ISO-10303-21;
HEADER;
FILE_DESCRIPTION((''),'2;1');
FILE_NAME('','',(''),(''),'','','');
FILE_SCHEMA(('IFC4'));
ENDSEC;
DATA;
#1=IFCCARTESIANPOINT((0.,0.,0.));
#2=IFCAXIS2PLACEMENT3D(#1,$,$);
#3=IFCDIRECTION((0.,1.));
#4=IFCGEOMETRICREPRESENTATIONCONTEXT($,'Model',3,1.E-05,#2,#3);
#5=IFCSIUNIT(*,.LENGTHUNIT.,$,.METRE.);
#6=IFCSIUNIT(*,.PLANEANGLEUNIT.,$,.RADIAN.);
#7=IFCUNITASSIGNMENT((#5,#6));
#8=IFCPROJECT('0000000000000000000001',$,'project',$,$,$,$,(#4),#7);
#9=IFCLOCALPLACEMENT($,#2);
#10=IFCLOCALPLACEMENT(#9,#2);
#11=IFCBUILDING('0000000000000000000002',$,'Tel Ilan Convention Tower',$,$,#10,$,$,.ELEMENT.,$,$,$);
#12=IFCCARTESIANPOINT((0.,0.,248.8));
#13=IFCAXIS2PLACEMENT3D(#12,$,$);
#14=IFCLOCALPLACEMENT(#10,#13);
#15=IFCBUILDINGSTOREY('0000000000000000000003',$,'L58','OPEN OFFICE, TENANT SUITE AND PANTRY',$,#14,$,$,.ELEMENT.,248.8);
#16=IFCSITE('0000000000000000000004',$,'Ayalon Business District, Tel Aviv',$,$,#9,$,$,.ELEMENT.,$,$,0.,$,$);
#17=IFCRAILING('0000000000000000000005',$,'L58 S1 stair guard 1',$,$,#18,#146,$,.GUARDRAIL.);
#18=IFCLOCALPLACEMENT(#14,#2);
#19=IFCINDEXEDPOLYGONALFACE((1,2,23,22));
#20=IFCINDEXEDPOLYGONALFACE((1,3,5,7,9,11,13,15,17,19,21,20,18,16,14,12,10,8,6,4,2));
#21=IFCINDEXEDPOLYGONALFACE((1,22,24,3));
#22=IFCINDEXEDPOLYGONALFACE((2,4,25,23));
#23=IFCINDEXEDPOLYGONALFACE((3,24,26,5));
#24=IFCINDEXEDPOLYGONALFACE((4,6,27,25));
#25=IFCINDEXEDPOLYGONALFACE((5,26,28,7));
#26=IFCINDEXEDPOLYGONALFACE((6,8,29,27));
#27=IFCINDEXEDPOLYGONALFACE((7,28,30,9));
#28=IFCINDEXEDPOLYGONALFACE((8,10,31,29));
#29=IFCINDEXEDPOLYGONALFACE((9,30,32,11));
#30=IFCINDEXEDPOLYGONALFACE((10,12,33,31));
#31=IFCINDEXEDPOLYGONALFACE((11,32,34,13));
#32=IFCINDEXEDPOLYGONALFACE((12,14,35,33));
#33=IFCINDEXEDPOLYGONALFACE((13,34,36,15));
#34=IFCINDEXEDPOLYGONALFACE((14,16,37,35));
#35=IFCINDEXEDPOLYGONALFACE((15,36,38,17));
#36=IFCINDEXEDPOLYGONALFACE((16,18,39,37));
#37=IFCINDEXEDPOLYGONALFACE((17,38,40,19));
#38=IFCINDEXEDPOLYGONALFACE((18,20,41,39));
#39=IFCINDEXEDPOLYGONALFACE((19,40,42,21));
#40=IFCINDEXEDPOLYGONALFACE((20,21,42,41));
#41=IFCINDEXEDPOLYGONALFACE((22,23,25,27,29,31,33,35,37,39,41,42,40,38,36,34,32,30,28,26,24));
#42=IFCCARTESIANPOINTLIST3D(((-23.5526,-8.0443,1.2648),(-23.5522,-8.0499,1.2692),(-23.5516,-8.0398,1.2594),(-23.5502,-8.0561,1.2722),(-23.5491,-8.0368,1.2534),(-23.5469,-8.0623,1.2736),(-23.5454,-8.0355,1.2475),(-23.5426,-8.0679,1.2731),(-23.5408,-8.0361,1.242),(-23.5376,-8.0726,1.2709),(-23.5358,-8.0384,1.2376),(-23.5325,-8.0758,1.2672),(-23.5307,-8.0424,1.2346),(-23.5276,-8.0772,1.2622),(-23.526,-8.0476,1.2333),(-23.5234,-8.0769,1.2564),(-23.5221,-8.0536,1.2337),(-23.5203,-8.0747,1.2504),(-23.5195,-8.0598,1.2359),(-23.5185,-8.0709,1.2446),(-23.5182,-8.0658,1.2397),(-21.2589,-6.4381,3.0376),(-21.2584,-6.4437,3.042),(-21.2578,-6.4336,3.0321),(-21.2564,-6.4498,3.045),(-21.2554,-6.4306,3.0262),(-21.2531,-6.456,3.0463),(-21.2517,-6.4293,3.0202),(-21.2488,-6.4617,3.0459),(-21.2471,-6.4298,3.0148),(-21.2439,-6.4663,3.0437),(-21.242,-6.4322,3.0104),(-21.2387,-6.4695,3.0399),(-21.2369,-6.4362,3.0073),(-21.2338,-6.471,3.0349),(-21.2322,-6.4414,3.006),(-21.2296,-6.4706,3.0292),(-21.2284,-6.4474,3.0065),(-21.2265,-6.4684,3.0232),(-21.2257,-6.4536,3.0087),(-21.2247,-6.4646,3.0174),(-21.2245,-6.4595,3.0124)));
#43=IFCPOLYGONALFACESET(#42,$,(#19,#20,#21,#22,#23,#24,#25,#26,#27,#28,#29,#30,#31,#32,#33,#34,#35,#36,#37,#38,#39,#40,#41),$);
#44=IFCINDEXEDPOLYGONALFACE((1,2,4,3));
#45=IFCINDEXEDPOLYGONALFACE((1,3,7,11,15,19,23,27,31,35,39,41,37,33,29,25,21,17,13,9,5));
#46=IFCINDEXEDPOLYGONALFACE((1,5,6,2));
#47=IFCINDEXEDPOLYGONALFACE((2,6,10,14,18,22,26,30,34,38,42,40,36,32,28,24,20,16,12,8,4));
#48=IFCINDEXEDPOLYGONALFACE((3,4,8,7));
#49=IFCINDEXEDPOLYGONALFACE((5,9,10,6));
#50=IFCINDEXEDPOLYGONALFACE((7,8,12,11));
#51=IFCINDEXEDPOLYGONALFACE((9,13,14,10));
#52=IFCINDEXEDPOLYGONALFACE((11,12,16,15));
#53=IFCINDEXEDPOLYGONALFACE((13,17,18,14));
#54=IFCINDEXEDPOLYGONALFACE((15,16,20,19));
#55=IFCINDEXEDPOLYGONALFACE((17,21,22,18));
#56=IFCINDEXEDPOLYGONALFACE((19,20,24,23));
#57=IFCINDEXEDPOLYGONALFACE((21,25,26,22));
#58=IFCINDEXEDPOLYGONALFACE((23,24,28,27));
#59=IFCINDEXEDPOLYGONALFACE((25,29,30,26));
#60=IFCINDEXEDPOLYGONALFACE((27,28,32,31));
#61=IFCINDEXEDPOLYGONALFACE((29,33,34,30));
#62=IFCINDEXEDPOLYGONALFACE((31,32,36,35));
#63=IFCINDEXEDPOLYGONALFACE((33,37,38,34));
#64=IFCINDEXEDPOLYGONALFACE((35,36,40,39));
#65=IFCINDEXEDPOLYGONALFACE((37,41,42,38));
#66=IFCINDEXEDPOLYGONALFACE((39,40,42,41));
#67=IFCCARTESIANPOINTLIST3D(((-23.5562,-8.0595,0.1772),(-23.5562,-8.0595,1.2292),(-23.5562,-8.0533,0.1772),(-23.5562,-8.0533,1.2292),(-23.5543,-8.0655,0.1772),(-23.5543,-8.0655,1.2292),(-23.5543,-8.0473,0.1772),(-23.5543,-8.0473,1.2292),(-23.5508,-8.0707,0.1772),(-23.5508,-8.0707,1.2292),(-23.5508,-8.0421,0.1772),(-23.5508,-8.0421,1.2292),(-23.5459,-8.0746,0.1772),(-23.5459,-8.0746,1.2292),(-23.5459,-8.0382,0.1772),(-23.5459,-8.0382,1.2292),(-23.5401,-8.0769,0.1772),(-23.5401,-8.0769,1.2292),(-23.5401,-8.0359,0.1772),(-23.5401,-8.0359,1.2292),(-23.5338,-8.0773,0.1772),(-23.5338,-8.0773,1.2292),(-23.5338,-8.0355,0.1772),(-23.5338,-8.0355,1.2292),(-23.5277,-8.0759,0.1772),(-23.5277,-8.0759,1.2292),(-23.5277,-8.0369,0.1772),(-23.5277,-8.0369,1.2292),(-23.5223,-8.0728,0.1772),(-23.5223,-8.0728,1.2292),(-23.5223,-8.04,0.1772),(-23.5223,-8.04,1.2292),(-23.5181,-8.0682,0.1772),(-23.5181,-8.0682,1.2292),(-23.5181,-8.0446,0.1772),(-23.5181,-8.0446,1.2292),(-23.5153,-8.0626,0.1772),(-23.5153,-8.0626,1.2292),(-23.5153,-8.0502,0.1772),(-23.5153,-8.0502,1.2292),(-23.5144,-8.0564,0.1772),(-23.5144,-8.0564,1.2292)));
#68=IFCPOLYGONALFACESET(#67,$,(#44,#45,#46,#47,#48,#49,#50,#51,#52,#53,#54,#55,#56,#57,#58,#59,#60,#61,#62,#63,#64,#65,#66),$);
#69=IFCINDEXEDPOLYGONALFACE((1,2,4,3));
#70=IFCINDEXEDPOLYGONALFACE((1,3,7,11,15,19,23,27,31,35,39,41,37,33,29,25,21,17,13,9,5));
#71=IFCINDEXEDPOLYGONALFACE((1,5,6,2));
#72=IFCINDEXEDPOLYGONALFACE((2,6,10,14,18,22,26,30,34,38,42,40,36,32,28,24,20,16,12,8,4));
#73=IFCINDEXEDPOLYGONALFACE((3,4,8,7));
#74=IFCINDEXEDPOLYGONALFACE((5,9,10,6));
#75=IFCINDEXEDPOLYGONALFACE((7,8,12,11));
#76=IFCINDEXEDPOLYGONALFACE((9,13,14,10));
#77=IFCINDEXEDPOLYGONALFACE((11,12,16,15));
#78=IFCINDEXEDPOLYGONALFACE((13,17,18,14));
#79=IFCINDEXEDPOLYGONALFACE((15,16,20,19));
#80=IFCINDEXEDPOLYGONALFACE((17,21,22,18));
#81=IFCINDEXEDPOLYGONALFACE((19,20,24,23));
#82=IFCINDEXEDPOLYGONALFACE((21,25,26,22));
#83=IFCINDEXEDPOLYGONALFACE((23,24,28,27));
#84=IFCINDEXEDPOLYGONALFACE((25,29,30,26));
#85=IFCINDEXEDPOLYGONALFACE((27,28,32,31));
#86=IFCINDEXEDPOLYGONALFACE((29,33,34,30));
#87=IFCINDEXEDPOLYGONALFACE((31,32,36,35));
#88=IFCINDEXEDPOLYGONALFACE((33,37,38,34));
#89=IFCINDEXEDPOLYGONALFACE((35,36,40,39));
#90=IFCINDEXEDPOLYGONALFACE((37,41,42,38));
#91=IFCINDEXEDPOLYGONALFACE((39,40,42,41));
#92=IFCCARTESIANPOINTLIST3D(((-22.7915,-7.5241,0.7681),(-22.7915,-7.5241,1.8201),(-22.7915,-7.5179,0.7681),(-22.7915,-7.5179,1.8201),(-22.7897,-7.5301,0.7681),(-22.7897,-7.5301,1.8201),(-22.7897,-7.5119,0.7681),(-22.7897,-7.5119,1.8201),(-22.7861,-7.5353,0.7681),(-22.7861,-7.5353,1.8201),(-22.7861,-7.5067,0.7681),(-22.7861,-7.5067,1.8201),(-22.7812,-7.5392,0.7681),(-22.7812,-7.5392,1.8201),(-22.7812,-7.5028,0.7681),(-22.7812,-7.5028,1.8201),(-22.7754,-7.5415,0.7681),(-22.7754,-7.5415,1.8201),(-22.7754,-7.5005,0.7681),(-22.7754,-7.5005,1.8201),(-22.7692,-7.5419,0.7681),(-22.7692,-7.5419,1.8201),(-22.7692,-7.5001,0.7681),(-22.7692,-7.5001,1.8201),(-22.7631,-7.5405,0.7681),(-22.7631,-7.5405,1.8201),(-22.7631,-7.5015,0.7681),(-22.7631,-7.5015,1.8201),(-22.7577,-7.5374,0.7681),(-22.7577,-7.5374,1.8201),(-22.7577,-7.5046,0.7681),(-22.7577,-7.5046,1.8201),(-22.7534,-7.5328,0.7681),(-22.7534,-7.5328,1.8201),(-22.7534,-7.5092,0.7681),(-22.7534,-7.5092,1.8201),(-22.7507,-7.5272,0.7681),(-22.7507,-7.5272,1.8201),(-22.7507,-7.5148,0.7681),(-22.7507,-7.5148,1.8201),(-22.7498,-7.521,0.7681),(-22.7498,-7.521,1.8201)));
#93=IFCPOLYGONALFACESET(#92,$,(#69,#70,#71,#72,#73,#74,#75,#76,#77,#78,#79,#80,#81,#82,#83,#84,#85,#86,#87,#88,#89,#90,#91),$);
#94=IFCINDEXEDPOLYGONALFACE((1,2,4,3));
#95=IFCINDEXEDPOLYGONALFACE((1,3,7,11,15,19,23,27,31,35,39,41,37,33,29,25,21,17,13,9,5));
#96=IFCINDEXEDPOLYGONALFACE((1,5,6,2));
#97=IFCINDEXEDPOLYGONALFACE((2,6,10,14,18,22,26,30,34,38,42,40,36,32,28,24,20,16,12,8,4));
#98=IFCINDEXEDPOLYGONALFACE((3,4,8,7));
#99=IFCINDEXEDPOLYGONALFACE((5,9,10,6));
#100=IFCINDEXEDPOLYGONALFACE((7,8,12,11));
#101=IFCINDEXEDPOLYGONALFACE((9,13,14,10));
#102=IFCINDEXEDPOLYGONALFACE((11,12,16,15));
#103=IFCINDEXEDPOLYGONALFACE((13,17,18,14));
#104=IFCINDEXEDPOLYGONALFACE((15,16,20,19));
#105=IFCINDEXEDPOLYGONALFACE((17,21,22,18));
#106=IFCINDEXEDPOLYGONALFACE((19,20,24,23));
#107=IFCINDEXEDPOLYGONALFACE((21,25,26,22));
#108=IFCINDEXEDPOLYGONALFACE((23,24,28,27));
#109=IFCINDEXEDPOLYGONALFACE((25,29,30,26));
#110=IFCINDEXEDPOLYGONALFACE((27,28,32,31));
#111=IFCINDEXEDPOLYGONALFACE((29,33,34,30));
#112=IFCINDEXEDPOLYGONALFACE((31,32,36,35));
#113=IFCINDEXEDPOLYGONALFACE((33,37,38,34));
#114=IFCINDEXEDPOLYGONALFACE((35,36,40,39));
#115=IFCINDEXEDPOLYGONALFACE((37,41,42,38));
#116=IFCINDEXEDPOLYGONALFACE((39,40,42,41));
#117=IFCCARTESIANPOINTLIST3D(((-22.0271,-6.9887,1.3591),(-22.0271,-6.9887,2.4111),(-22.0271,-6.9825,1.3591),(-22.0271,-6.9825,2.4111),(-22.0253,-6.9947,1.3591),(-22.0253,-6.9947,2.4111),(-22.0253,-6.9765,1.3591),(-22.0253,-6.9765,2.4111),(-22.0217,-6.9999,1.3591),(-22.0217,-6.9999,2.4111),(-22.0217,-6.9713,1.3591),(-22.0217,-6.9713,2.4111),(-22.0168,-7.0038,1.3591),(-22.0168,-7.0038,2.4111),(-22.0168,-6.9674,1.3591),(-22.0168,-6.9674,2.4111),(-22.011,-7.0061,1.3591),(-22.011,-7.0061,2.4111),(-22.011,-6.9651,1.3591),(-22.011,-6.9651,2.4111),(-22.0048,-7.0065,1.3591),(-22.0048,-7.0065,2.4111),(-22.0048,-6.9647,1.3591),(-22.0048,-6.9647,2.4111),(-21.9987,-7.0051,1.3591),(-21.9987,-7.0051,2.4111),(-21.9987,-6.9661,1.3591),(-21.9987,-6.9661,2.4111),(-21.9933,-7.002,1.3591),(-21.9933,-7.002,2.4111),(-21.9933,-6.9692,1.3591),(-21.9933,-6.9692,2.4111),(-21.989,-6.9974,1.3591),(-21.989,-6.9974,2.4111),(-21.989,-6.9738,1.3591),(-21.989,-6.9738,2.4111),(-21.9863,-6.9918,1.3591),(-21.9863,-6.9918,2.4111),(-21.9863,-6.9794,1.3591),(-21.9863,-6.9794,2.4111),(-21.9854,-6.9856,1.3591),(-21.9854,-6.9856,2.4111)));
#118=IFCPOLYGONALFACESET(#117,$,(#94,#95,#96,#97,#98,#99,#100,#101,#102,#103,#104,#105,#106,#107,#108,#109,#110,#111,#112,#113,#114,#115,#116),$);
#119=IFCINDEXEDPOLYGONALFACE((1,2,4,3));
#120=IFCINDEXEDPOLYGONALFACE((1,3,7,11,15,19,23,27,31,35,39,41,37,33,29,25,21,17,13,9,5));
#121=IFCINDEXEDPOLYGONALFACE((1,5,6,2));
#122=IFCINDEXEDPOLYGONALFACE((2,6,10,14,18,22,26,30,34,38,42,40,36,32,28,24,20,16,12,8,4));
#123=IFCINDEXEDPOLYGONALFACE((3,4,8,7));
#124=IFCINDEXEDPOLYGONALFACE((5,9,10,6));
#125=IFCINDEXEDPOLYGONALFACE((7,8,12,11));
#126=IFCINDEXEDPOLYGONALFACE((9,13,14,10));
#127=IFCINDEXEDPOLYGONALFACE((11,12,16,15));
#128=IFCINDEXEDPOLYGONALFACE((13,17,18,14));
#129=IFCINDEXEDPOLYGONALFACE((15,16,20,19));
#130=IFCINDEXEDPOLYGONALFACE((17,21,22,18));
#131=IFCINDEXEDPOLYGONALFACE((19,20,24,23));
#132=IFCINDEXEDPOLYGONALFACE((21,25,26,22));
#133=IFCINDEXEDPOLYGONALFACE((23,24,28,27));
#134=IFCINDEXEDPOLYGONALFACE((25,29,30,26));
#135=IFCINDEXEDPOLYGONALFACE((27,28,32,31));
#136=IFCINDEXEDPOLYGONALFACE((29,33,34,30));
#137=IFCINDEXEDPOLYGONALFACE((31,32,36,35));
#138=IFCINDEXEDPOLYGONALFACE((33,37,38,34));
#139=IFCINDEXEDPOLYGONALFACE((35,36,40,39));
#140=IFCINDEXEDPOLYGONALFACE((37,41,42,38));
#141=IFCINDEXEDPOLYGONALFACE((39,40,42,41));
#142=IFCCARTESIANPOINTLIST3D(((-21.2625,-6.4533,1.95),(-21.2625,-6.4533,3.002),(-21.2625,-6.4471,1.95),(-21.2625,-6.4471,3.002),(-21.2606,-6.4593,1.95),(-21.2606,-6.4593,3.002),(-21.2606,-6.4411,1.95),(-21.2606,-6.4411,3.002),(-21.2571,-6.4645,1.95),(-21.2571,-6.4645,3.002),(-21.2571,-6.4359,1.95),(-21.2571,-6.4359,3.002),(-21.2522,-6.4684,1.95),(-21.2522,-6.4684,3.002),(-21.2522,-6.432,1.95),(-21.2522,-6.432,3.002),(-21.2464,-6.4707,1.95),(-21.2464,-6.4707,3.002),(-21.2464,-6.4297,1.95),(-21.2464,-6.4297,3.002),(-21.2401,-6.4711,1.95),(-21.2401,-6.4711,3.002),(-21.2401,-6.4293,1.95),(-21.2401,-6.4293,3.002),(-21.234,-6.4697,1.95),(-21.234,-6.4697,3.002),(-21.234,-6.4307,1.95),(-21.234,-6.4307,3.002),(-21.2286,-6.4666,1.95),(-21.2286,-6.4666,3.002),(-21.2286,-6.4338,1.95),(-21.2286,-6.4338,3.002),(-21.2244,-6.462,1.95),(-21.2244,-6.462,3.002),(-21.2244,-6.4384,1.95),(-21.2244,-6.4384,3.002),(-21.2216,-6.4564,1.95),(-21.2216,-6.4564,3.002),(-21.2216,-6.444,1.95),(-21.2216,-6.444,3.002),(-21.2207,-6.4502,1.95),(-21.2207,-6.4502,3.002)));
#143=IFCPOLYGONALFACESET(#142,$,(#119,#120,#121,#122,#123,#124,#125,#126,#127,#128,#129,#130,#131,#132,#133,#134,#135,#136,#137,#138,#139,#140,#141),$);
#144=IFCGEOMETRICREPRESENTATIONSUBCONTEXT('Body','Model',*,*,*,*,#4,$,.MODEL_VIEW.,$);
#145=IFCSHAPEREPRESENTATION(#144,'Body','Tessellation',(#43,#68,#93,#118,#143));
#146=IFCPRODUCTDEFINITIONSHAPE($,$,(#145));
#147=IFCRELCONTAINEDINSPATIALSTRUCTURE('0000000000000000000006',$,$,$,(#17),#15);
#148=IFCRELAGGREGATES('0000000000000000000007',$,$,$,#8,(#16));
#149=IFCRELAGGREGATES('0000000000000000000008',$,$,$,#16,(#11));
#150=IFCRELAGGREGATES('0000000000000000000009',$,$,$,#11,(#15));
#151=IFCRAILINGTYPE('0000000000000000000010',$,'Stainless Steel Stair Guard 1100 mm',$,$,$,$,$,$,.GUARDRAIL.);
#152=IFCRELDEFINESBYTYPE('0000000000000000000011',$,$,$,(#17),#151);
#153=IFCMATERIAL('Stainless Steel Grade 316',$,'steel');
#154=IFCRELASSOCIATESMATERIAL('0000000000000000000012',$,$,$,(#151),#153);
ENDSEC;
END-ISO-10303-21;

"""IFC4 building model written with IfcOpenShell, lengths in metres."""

from ifc_helpers import new_model, si_unit, direction, frame, origin, origin_2d, place, context, subcontext, project, spatial, circle, extrude, material, type_object, element, save


model = new_model("IFC4")

# Units and contexts
model_context = context("Model", 3, precision=1e-05, world=origin(), true_north=direction((0.0, 1.0)))
body_context = subcontext(model_context, "Body", "Model", "MODEL_VIEW")
ifc_project = project(units=[si_unit("LENGTHUNIT", "METRE"), si_unit("PLANEANGLEUNIT", "RADIAN")], contexts=[model_context])

# Site, building, storey
site_placement = place(None, origin())
site = spatial("IfcSite", under=ifc_project, at=site_placement, Name="Ayalon Business District, Tel Aviv", CompositionType="ELEMENT", RefElevation=0.0)
building_placement = place(site_placement, origin())
building = spatial("IfcBuilding", under=site, at=building_placement, Name="Tel Ilan Convention Tower", CompositionType="ELEMENT")
storey_placement = place(building_placement, frame((0.0, 0.0, 248.8)))
storey = spatial("IfcBuildingStorey", under=building, at=storey_placement, Name="L58", Description="OPEN OFFICE, TENANT SUITE AND PANTRY", CompositionType="ELEMENT", Elevation=248.8)

# Railing
ifc_material_1 = material(Name="Stainless Steel Grade 316", Category="steel")
railing_type = type_object("IfcRailingType", Name="Stainless Steel Stair Guard 1100 mm", PredefinedType="GUARDRAIL", material=ifc_material_1)
railing_1_placement = place(storey_placement, frame((-23.5354, -8.0564, 0.1772)))
element("IfcRailing", 1, at=railing_1_placement, inside=storey, type_object=railing_type, Name="L58 S1 stair guard 1", PredefinedType="GUARDRAIL", context=body_context, shape_type="SweptSolid", body=[
    extrude(circle(Radius=0.0239, at=origin_2d()), frame((0.0, 0.0, 1.0762), z_axis=(0.692098, 0.484653, 0.534894), x_axis=(-0.573609, 0.81913, 0.0)), (0.0, 0.0, 1.0), 3.3142),
    extrude(circle(Radius=0.021, at=origin_2d()), origin(), (0.0, 0.0, 1.0), 1.052),
    extrude(circle(Radius=0.021, at=origin_2d()), frame((0.7646, 0.5354, 0.5908)), (0.0, 0.0, 1.0), 1.052),
    extrude(circle(Radius=0.021, at=origin_2d()), frame((1.5291, 1.0708, 1.1819)), (0.0, 0.0, 1.0), 1.052),
    extrude(circle(Radius=0.021, at=origin_2d()), frame((2.2937, 1.6062, 1.7727)), (0.0, 0.0, 1.0), 1.052),
])

save(model, "model.ifc")
